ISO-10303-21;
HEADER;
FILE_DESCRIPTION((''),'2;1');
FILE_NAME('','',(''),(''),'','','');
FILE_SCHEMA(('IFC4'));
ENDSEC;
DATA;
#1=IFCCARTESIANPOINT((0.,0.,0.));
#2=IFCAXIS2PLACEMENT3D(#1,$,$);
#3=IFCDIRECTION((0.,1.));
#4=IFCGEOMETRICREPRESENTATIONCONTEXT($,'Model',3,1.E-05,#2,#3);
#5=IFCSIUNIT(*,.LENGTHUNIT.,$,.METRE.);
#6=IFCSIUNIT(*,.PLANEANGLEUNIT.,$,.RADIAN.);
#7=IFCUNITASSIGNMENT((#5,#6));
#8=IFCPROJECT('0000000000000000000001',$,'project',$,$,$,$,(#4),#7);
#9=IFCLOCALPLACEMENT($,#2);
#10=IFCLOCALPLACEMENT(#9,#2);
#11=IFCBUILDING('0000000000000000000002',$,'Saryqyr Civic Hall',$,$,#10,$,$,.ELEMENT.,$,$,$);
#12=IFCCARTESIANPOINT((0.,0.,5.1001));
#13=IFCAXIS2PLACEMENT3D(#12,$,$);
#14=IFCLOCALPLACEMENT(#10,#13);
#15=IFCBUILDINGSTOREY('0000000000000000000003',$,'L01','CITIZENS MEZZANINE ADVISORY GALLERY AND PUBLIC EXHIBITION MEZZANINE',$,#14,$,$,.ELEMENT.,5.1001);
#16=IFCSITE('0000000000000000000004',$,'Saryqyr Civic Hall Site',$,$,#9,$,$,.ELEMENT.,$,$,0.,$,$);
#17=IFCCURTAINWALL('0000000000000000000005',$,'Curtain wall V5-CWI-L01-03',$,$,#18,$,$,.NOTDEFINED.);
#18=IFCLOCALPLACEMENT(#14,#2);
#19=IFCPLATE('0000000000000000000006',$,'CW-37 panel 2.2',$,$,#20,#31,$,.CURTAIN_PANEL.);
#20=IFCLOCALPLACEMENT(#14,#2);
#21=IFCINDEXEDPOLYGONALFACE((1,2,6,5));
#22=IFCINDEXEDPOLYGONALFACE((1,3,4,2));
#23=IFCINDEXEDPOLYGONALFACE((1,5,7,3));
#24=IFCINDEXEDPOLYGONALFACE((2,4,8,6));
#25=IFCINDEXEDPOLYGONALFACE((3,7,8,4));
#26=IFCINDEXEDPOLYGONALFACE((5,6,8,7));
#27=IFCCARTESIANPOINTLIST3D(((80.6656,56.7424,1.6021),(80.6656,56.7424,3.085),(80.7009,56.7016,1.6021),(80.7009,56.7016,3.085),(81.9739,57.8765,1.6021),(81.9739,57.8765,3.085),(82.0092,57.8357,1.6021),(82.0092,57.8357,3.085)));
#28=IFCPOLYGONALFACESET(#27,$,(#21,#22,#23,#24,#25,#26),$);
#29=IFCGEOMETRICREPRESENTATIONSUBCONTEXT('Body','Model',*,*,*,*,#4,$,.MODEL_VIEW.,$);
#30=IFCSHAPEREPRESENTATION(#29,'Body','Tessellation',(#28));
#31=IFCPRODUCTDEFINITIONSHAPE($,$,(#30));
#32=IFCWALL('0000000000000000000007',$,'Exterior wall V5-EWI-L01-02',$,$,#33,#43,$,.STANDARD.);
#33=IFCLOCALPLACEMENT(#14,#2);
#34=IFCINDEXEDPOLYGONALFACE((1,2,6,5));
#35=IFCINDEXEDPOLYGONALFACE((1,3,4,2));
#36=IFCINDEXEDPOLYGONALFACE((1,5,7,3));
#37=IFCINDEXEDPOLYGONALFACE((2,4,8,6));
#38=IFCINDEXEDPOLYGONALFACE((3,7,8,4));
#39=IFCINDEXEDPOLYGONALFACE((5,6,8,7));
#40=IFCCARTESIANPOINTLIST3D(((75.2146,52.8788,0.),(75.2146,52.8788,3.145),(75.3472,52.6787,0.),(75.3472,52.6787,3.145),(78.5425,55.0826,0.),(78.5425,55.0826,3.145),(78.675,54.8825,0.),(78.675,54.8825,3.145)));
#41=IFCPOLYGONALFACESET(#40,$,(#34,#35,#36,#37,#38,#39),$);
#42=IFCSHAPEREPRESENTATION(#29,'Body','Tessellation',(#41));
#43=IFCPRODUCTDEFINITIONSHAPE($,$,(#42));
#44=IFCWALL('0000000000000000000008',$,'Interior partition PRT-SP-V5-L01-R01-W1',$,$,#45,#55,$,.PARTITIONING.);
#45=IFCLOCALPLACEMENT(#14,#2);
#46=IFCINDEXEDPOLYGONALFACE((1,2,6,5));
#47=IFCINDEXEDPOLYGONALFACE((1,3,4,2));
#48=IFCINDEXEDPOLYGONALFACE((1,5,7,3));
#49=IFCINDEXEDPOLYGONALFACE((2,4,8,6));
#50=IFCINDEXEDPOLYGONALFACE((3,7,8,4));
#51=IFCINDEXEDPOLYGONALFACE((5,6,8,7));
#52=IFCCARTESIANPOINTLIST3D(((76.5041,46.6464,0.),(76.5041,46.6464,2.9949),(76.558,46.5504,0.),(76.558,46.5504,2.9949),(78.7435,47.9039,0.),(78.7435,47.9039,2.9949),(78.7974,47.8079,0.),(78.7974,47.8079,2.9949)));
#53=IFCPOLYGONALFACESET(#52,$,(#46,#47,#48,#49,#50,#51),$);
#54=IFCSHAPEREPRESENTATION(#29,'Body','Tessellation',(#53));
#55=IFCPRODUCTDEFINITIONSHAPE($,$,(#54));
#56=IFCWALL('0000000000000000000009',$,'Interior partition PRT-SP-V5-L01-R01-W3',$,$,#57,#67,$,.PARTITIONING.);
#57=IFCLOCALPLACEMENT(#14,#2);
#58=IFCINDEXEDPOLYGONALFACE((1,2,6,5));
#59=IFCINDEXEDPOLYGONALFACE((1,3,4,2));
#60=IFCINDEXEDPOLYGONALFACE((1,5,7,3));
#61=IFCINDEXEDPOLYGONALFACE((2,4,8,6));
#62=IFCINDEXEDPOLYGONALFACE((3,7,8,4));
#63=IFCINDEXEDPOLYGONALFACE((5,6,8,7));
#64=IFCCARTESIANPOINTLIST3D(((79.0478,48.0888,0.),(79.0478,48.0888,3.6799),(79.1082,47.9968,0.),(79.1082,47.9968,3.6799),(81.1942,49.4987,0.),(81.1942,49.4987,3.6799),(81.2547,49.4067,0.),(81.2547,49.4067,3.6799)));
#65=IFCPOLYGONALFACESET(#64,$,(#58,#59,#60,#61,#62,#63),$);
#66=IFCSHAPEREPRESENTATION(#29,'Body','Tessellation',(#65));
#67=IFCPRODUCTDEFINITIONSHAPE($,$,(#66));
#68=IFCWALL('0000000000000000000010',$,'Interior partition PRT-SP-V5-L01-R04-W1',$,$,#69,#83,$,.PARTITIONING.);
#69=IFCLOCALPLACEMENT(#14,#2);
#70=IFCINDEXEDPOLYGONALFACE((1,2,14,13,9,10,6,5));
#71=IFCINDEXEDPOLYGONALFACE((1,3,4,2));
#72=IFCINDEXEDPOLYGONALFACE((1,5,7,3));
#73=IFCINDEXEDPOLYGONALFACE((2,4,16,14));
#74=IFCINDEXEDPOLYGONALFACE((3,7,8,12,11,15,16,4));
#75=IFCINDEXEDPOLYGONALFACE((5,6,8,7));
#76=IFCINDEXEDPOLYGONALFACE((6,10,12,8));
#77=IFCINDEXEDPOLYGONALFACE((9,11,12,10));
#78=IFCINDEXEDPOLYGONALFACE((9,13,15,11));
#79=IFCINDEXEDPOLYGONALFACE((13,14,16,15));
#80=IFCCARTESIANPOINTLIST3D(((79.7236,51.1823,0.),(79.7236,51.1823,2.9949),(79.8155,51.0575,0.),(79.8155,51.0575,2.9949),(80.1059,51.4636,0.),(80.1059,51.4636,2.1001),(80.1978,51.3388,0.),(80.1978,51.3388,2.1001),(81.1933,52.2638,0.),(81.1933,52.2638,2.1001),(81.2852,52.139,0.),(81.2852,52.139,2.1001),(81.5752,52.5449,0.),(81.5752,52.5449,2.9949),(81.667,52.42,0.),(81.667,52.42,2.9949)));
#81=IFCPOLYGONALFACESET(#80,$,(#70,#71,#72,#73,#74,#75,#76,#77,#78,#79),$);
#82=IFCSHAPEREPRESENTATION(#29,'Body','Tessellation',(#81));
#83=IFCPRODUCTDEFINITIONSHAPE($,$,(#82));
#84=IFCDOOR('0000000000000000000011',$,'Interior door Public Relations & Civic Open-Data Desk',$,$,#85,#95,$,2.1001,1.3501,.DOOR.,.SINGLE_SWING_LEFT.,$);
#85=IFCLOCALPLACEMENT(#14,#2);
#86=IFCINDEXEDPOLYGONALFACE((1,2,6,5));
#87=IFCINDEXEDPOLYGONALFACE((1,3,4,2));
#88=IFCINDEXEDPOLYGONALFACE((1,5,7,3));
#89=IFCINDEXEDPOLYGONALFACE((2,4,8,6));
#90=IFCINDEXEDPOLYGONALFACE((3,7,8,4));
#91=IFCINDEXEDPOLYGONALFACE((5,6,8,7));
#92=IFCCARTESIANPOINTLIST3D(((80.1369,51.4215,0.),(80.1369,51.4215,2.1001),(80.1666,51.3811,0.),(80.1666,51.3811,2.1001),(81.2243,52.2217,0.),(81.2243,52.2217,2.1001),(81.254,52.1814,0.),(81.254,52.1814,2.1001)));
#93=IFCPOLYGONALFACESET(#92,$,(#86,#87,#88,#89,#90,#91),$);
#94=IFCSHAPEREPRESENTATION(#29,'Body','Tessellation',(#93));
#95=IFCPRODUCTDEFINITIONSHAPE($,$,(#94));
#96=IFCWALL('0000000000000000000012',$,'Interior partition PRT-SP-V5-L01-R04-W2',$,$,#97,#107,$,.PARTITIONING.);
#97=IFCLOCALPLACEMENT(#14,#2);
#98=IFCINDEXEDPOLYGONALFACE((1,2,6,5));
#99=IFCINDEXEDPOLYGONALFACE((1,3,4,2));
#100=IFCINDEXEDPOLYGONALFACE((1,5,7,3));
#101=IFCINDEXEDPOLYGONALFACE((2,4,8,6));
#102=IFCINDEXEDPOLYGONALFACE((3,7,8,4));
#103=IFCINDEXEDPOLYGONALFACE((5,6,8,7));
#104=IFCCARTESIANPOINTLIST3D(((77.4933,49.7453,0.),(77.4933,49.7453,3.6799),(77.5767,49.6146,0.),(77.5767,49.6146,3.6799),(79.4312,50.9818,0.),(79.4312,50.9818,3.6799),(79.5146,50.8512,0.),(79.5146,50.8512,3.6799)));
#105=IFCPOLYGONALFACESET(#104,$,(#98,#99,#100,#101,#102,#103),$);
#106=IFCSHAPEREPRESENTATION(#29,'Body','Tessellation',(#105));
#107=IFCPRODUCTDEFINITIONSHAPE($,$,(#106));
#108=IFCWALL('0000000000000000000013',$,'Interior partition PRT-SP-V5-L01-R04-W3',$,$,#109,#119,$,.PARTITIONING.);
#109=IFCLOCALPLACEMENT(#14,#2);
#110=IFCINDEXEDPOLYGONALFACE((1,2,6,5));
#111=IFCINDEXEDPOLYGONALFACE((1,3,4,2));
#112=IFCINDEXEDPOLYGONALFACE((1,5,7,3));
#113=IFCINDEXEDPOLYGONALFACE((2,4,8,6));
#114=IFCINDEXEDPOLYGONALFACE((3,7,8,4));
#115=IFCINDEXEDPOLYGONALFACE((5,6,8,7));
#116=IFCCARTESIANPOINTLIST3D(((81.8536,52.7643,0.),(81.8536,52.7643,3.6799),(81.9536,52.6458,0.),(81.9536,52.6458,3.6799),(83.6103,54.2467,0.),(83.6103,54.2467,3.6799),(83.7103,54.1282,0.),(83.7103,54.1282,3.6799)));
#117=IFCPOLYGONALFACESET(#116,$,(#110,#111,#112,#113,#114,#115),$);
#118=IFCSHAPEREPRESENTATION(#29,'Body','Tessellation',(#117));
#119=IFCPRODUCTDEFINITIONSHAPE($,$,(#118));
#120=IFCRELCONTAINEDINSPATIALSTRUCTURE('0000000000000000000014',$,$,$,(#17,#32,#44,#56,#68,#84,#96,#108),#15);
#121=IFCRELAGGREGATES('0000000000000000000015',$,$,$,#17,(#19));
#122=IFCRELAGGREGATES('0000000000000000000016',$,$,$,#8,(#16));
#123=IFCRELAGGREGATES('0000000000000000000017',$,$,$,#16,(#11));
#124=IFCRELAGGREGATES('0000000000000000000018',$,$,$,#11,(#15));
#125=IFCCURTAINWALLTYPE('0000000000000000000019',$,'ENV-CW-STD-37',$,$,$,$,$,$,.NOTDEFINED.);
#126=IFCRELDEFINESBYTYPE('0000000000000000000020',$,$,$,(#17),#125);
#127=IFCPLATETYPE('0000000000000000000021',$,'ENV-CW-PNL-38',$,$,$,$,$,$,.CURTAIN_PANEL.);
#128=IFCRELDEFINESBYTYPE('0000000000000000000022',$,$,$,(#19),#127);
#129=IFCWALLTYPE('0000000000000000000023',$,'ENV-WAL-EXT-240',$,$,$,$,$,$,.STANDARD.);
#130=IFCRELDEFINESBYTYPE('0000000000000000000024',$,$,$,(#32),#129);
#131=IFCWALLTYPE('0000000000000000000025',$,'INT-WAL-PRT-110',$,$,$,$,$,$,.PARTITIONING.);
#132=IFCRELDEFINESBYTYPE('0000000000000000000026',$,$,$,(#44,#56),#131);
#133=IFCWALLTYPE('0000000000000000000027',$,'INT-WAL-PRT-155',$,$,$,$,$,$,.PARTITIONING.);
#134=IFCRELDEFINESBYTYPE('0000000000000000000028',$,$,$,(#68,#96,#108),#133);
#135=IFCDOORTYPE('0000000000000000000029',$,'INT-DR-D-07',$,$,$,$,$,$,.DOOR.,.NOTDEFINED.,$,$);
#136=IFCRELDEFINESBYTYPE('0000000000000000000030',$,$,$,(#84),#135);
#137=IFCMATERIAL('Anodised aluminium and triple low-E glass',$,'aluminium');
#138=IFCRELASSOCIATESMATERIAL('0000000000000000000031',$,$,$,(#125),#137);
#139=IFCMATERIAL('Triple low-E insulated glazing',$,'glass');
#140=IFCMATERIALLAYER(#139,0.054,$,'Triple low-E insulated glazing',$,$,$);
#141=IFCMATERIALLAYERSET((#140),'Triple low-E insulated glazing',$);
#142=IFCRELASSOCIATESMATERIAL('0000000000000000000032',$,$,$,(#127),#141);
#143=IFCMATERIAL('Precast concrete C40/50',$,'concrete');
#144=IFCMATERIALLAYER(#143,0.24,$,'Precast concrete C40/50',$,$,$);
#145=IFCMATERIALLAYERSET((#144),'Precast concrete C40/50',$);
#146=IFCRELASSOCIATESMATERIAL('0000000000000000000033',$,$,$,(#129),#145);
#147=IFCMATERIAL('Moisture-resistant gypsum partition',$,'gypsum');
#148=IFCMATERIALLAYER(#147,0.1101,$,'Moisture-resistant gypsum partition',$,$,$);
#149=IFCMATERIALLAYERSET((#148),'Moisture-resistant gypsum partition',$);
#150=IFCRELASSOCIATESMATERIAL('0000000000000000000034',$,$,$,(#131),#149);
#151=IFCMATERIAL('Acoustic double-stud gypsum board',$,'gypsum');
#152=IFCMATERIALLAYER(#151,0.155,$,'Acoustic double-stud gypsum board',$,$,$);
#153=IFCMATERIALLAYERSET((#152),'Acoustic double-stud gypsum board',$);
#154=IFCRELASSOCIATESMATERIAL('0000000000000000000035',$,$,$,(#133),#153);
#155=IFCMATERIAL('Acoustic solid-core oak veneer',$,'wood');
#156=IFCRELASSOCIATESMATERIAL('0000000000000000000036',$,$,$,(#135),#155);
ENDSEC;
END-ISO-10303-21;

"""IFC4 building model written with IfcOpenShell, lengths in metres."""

from ifc_helpers import new_model, si_unit, direction, frame, frame_2d, origin, origin_2d, place, context, subcontext, project, spatial, rectangle, extrude, material, layer, layer_set, type_object, element, fill, aggregate, save


model = new_model("IFC4")

# Units and contexts
model_context = context("Model", 3, precision=1e-05, world=origin(), true_north=direction((0.0, 1.0)))
body_context = subcontext(model_context, "Body", "Model", "MODEL_VIEW")
ifc_project = project(units=[si_unit("LENGTHUNIT", "METRE"), si_unit("PLANEANGLEUNIT", "RADIAN")], contexts=[model_context])

# Site, building, storey
site_placement = place(None, origin())
site = spatial("IfcSite", under=ifc_project, at=site_placement, Name="Saryqyr Civic Hall Site", CompositionType="ELEMENT", RefElevation=0.0)
building_placement = place(site_placement, origin())
building = spatial("IfcBuilding", under=site, at=building_placement, Name="Saryqyr Civic Hall", CompositionType="ELEMENT")
storey_placement = place(building_placement, frame((0.0, 0.0, 5.1001)))
storey = spatial("IfcBuildingStorey", under=building, at=storey_placement, Name="L01", Description="CITIZENS MEZZANINE ADVISORY GALLERY AND PUBLIC EXHIBITION MEZZANINE", CompositionType="ELEMENT", Elevation=5.1001)

# Shared definitions
ifc_material_1 = material(Name="Anodised aluminium and triple low-E glass", Category="aluminium")

# Curtain wall
curtain_wall_type_1 = type_object("IfcCurtainWallType", Name="ENV-CW-STD-37", PredefinedType="NOTDEFINED", material=ifc_material_1)
curtain_wall_1_placement = place(storey_placement, origin())
curtain_wall_1 = element("IfcCurtainWall", 1, at=curtain_wall_1_placement, inside=storey, type_object=curtain_wall_type_1, Name="Curtain wall V5-CWI-L01-03", PredefinedType="NOTDEFINED")

# Plate
ifc_material_2 = material(Name="Triple low-E insulated glazing", Category="glass")
ifc_layer_1 = layer(ifc_material_2, 0.054, Name="Triple low-E insulated glazing")
ifc_layer_set_1 = layer_set([ifc_layer_1], Name="Triple low-E insulated glazing")
plate_type = type_object("IfcPlateType", Name="ENV-CW-PNL-38", PredefinedType="CURTAIN_PANEL", material=ifc_layer_set_1)
plate_1_placement = place(storey_placement, frame((81.3374, 57.2891, 1.6021), z_axis=(0.0, 0.0, 1.0), x_axis=(0.755641, 0.654986, 0.0)))
plate_1 = element("IfcPlate", 2, at=plate_1_placement, type_object=plate_type, Name="CW-37 panel 2.2", PredefinedType="CURTAIN_PANEL", context=body_context, shape_type="SweptSolid", body=[
    extrude(rectangle(XDim=1.7314, YDim=0.054, at=origin_2d()), origin(), (0.0, 0.0, 1.0), 1.4829),
])
aggregate(curtain_wall_1, [plate_1])

# Walls
ifc_material_3 = material(Name="Precast concrete C40/50", Category="concrete")
ifc_layer_2 = layer(ifc_material_3, 0.24, Name="Precast concrete C40/50")
ifc_layer_set_2 = layer_set([ifc_layer_2], Name="Precast concrete C40/50")
wall_type_1 = type_object("IfcWallType", Name="ENV-WAL-EXT-240", PredefinedType="STANDARD", material=ifc_layer_set_2)
wall_1_placement = place(storey_placement, frame((75.281, 52.7788, 0.0), z_axis=(0.0, 0.0, 1.0), x_axis=(0.83375, 0.552143, 0.0)))
element("IfcWall", 3, at=wall_1_placement, inside=storey, type_object=wall_type_1, Name="Exterior wall V5-EWI-L01-02", PredefinedType="STANDARD", context=body_context, shape_type="SweptSolid", body=[
    extrude(rectangle(XDim=3.9915, YDim=0.24, at=frame_2d((1.9956, 0.0))), origin(), (0.0, 0.0, 1.0), 3.145),
])
ifc_material_4 = material(Name="Moisture-resistant gypsum partition", Category="gypsum")
ifc_layer_3 = layer(ifc_material_4, 0.1101, Name="Moisture-resistant gypsum partition")
ifc_layer_set_3 = layer_set([ifc_layer_3], Name="Moisture-resistant gypsum partition")
wall_type_2 = type_object("IfcWallType", Name="INT-WAL-PRT-110", PredefinedType="PARTITIONING", material=ifc_layer_set_3)
wall_2_placement = place(storey_placement, frame((76.531, 46.5984, 0.0), z_axis=(0.0, 0.0, 1.0), x_axis=(0.871933, 0.489625, 0.0)))
element("IfcWall", 4, at=wall_2_placement, inside=storey, type_object=wall_type_2, Name="Interior partition PRT-SP-V5-L01-R01-W1", PredefinedType="PARTITIONING", context=body_context, shape_type="SweptSolid", body=[
    extrude(rectangle(XDim=2.5684, YDim=0.1101, at=frame_2d((1.2842, 0.0))), origin(), (0.0, 0.0, 1.0), 2.9949),
])
wall_3_placement = place(storey_placement, frame((79.0779, 48.0427, 0.0), z_axis=(0.0, 0.0, 1.0), x_axis=(0.835819, 0.549005, 0.0)))
element("IfcWall", 5, at=wall_3_placement, inside=storey, type_object=wall_type_2, Name="Interior partition PRT-SP-V5-L01-R01-W3", PredefinedType="PARTITIONING", context=body_context, shape_type="SweptSolid", body=[
    extrude(rectangle(XDim=2.5681, YDim=0.1101, at=frame_2d((1.2842, 0.0))), origin(), (0.0, 0.0, 1.0), 3.6799),
])

# Wall, opening, door
ifc_material_5 = material(Name="Acoustic double-stud gypsum board", Category="gypsum")
ifc_layer_4 = layer(ifc_material_5, 0.155, Name="Acoustic double-stud gypsum board")
ifc_layer_set_4 = layer_set([ifc_layer_4], Name="Acoustic double-stud gypsum board")
wall_type_3 = type_object("IfcWallType", Name="INT-WAL-PRT-155", PredefinedType="PARTITIONING", material=ifc_layer_set_4)
wall_4_placement = place(storey_placement, frame((81.6211, 52.4824, 0.0), z_axis=(0.0, 0.0, 1.0), x_axis=(-0.805421, -0.592703, 0.0)))
wall_4 = element("IfcWall", 6, at=wall_4_placement, inside=storey, type_object=wall_type_3, Name="Interior partition PRT-SP-V5-L01-R04-W1", PredefinedType="PARTITIONING", context=body_context, shape_type="SweptSolid", body=[
    extrude(rectangle(XDim=2.2988, YDim=0.155, at=frame_2d((1.1494, 0.0))), origin(), (0.0, 0.0, 1.0), 2.9949),
])
opening_placement = place(wall_4_placement, frame((0.4741, 0.0, 0.0)))
opening = element("IfcOpeningElement", 7, at=opening_placement, cuts=wall_4, PredefinedType="OPENING", context=body_context, shape_type="SweptSolid", body=[
    extrude(rectangle(XDim=1.3501, YDim=2.1001, at=frame_2d((0.675, 1.05))), frame((0.0, 0.0874, 0.0), z_axis=(0.0, -1.0, 0.0), x_axis=(1.0, 0.0, 0.0)), (0.0, 0.0, 1.0), 0.175),
])
ifc_material_6 = material(Name="Acoustic solid-core oak veneer", Category="wood")
door_type = type_object("IfcDoorType", Name="INT-DR-D-07", OperationType="NOTDEFINED", PredefinedType="DOOR", material=ifc_material_6)
door_placement = place(opening_placement, origin())
door = element("IfcDoor", 8, at=door_placement, inside=storey, type_object=door_type, Name="Interior door Public Relations & Civic Open-Data Desk", OperationType="SINGLE_SWING_LEFT", OverallHeight=2.1001, OverallWidth=1.3501, PredefinedType="DOOR", context=body_context, shape_type="SweptSolid", body=[
    extrude(rectangle(XDim=1.3501, YDim=2.1001, at=frame_2d((0.675, 1.05))), frame((0.0, 0.0249, 0.0), z_axis=(0.0, -1.0, 0.0), x_axis=(1.0, 0.0, 0.0)), (0.0, 0.0, 1.0), 0.05),
])
fill(opening, door)

# Walls
wall_5_placement = place(storey_placement, frame((79.4729, 50.9165, 0.0), z_axis=(0.0, 0.0, 1.0), x_axis=(-0.843009, -0.537899, 0.0)))
element("IfcWall", 9, at=wall_5_placement, inside=storey, type_object=wall_type_3, Name="Interior partition PRT-SP-V5-L01-R04-W2", PredefinedType="PARTITIONING", context=body_context, shape_type="SweptSolid", body=[
    extrude(rectangle(XDim=2.2988, YDim=0.155, at=frame_2d((1.1494, 0.0))), origin(), (0.0, 0.0, 1.0), 3.6799),
])
wall_6_placement = place(storey_placement, frame((83.6604, 54.1875, 0.0), z_axis=(0.0, 0.0, 1.0), x_axis=(-0.764272, -0.644894, 0.0)))
element("IfcWall", 10, at=wall_6_placement, inside=storey, type_object=wall_type_3, Name="Interior partition PRT-SP-V5-L01-R04-W3", PredefinedType="PARTITIONING", context=body_context, shape_type="SweptSolid", body=[
    extrude(rectangle(XDim=2.2986, YDim=0.155, at=frame_2d((1.1494, 0.0))), origin(), (0.0, 0.0, 1.0), 3.6799),
])

save(model, "model.ifc")
